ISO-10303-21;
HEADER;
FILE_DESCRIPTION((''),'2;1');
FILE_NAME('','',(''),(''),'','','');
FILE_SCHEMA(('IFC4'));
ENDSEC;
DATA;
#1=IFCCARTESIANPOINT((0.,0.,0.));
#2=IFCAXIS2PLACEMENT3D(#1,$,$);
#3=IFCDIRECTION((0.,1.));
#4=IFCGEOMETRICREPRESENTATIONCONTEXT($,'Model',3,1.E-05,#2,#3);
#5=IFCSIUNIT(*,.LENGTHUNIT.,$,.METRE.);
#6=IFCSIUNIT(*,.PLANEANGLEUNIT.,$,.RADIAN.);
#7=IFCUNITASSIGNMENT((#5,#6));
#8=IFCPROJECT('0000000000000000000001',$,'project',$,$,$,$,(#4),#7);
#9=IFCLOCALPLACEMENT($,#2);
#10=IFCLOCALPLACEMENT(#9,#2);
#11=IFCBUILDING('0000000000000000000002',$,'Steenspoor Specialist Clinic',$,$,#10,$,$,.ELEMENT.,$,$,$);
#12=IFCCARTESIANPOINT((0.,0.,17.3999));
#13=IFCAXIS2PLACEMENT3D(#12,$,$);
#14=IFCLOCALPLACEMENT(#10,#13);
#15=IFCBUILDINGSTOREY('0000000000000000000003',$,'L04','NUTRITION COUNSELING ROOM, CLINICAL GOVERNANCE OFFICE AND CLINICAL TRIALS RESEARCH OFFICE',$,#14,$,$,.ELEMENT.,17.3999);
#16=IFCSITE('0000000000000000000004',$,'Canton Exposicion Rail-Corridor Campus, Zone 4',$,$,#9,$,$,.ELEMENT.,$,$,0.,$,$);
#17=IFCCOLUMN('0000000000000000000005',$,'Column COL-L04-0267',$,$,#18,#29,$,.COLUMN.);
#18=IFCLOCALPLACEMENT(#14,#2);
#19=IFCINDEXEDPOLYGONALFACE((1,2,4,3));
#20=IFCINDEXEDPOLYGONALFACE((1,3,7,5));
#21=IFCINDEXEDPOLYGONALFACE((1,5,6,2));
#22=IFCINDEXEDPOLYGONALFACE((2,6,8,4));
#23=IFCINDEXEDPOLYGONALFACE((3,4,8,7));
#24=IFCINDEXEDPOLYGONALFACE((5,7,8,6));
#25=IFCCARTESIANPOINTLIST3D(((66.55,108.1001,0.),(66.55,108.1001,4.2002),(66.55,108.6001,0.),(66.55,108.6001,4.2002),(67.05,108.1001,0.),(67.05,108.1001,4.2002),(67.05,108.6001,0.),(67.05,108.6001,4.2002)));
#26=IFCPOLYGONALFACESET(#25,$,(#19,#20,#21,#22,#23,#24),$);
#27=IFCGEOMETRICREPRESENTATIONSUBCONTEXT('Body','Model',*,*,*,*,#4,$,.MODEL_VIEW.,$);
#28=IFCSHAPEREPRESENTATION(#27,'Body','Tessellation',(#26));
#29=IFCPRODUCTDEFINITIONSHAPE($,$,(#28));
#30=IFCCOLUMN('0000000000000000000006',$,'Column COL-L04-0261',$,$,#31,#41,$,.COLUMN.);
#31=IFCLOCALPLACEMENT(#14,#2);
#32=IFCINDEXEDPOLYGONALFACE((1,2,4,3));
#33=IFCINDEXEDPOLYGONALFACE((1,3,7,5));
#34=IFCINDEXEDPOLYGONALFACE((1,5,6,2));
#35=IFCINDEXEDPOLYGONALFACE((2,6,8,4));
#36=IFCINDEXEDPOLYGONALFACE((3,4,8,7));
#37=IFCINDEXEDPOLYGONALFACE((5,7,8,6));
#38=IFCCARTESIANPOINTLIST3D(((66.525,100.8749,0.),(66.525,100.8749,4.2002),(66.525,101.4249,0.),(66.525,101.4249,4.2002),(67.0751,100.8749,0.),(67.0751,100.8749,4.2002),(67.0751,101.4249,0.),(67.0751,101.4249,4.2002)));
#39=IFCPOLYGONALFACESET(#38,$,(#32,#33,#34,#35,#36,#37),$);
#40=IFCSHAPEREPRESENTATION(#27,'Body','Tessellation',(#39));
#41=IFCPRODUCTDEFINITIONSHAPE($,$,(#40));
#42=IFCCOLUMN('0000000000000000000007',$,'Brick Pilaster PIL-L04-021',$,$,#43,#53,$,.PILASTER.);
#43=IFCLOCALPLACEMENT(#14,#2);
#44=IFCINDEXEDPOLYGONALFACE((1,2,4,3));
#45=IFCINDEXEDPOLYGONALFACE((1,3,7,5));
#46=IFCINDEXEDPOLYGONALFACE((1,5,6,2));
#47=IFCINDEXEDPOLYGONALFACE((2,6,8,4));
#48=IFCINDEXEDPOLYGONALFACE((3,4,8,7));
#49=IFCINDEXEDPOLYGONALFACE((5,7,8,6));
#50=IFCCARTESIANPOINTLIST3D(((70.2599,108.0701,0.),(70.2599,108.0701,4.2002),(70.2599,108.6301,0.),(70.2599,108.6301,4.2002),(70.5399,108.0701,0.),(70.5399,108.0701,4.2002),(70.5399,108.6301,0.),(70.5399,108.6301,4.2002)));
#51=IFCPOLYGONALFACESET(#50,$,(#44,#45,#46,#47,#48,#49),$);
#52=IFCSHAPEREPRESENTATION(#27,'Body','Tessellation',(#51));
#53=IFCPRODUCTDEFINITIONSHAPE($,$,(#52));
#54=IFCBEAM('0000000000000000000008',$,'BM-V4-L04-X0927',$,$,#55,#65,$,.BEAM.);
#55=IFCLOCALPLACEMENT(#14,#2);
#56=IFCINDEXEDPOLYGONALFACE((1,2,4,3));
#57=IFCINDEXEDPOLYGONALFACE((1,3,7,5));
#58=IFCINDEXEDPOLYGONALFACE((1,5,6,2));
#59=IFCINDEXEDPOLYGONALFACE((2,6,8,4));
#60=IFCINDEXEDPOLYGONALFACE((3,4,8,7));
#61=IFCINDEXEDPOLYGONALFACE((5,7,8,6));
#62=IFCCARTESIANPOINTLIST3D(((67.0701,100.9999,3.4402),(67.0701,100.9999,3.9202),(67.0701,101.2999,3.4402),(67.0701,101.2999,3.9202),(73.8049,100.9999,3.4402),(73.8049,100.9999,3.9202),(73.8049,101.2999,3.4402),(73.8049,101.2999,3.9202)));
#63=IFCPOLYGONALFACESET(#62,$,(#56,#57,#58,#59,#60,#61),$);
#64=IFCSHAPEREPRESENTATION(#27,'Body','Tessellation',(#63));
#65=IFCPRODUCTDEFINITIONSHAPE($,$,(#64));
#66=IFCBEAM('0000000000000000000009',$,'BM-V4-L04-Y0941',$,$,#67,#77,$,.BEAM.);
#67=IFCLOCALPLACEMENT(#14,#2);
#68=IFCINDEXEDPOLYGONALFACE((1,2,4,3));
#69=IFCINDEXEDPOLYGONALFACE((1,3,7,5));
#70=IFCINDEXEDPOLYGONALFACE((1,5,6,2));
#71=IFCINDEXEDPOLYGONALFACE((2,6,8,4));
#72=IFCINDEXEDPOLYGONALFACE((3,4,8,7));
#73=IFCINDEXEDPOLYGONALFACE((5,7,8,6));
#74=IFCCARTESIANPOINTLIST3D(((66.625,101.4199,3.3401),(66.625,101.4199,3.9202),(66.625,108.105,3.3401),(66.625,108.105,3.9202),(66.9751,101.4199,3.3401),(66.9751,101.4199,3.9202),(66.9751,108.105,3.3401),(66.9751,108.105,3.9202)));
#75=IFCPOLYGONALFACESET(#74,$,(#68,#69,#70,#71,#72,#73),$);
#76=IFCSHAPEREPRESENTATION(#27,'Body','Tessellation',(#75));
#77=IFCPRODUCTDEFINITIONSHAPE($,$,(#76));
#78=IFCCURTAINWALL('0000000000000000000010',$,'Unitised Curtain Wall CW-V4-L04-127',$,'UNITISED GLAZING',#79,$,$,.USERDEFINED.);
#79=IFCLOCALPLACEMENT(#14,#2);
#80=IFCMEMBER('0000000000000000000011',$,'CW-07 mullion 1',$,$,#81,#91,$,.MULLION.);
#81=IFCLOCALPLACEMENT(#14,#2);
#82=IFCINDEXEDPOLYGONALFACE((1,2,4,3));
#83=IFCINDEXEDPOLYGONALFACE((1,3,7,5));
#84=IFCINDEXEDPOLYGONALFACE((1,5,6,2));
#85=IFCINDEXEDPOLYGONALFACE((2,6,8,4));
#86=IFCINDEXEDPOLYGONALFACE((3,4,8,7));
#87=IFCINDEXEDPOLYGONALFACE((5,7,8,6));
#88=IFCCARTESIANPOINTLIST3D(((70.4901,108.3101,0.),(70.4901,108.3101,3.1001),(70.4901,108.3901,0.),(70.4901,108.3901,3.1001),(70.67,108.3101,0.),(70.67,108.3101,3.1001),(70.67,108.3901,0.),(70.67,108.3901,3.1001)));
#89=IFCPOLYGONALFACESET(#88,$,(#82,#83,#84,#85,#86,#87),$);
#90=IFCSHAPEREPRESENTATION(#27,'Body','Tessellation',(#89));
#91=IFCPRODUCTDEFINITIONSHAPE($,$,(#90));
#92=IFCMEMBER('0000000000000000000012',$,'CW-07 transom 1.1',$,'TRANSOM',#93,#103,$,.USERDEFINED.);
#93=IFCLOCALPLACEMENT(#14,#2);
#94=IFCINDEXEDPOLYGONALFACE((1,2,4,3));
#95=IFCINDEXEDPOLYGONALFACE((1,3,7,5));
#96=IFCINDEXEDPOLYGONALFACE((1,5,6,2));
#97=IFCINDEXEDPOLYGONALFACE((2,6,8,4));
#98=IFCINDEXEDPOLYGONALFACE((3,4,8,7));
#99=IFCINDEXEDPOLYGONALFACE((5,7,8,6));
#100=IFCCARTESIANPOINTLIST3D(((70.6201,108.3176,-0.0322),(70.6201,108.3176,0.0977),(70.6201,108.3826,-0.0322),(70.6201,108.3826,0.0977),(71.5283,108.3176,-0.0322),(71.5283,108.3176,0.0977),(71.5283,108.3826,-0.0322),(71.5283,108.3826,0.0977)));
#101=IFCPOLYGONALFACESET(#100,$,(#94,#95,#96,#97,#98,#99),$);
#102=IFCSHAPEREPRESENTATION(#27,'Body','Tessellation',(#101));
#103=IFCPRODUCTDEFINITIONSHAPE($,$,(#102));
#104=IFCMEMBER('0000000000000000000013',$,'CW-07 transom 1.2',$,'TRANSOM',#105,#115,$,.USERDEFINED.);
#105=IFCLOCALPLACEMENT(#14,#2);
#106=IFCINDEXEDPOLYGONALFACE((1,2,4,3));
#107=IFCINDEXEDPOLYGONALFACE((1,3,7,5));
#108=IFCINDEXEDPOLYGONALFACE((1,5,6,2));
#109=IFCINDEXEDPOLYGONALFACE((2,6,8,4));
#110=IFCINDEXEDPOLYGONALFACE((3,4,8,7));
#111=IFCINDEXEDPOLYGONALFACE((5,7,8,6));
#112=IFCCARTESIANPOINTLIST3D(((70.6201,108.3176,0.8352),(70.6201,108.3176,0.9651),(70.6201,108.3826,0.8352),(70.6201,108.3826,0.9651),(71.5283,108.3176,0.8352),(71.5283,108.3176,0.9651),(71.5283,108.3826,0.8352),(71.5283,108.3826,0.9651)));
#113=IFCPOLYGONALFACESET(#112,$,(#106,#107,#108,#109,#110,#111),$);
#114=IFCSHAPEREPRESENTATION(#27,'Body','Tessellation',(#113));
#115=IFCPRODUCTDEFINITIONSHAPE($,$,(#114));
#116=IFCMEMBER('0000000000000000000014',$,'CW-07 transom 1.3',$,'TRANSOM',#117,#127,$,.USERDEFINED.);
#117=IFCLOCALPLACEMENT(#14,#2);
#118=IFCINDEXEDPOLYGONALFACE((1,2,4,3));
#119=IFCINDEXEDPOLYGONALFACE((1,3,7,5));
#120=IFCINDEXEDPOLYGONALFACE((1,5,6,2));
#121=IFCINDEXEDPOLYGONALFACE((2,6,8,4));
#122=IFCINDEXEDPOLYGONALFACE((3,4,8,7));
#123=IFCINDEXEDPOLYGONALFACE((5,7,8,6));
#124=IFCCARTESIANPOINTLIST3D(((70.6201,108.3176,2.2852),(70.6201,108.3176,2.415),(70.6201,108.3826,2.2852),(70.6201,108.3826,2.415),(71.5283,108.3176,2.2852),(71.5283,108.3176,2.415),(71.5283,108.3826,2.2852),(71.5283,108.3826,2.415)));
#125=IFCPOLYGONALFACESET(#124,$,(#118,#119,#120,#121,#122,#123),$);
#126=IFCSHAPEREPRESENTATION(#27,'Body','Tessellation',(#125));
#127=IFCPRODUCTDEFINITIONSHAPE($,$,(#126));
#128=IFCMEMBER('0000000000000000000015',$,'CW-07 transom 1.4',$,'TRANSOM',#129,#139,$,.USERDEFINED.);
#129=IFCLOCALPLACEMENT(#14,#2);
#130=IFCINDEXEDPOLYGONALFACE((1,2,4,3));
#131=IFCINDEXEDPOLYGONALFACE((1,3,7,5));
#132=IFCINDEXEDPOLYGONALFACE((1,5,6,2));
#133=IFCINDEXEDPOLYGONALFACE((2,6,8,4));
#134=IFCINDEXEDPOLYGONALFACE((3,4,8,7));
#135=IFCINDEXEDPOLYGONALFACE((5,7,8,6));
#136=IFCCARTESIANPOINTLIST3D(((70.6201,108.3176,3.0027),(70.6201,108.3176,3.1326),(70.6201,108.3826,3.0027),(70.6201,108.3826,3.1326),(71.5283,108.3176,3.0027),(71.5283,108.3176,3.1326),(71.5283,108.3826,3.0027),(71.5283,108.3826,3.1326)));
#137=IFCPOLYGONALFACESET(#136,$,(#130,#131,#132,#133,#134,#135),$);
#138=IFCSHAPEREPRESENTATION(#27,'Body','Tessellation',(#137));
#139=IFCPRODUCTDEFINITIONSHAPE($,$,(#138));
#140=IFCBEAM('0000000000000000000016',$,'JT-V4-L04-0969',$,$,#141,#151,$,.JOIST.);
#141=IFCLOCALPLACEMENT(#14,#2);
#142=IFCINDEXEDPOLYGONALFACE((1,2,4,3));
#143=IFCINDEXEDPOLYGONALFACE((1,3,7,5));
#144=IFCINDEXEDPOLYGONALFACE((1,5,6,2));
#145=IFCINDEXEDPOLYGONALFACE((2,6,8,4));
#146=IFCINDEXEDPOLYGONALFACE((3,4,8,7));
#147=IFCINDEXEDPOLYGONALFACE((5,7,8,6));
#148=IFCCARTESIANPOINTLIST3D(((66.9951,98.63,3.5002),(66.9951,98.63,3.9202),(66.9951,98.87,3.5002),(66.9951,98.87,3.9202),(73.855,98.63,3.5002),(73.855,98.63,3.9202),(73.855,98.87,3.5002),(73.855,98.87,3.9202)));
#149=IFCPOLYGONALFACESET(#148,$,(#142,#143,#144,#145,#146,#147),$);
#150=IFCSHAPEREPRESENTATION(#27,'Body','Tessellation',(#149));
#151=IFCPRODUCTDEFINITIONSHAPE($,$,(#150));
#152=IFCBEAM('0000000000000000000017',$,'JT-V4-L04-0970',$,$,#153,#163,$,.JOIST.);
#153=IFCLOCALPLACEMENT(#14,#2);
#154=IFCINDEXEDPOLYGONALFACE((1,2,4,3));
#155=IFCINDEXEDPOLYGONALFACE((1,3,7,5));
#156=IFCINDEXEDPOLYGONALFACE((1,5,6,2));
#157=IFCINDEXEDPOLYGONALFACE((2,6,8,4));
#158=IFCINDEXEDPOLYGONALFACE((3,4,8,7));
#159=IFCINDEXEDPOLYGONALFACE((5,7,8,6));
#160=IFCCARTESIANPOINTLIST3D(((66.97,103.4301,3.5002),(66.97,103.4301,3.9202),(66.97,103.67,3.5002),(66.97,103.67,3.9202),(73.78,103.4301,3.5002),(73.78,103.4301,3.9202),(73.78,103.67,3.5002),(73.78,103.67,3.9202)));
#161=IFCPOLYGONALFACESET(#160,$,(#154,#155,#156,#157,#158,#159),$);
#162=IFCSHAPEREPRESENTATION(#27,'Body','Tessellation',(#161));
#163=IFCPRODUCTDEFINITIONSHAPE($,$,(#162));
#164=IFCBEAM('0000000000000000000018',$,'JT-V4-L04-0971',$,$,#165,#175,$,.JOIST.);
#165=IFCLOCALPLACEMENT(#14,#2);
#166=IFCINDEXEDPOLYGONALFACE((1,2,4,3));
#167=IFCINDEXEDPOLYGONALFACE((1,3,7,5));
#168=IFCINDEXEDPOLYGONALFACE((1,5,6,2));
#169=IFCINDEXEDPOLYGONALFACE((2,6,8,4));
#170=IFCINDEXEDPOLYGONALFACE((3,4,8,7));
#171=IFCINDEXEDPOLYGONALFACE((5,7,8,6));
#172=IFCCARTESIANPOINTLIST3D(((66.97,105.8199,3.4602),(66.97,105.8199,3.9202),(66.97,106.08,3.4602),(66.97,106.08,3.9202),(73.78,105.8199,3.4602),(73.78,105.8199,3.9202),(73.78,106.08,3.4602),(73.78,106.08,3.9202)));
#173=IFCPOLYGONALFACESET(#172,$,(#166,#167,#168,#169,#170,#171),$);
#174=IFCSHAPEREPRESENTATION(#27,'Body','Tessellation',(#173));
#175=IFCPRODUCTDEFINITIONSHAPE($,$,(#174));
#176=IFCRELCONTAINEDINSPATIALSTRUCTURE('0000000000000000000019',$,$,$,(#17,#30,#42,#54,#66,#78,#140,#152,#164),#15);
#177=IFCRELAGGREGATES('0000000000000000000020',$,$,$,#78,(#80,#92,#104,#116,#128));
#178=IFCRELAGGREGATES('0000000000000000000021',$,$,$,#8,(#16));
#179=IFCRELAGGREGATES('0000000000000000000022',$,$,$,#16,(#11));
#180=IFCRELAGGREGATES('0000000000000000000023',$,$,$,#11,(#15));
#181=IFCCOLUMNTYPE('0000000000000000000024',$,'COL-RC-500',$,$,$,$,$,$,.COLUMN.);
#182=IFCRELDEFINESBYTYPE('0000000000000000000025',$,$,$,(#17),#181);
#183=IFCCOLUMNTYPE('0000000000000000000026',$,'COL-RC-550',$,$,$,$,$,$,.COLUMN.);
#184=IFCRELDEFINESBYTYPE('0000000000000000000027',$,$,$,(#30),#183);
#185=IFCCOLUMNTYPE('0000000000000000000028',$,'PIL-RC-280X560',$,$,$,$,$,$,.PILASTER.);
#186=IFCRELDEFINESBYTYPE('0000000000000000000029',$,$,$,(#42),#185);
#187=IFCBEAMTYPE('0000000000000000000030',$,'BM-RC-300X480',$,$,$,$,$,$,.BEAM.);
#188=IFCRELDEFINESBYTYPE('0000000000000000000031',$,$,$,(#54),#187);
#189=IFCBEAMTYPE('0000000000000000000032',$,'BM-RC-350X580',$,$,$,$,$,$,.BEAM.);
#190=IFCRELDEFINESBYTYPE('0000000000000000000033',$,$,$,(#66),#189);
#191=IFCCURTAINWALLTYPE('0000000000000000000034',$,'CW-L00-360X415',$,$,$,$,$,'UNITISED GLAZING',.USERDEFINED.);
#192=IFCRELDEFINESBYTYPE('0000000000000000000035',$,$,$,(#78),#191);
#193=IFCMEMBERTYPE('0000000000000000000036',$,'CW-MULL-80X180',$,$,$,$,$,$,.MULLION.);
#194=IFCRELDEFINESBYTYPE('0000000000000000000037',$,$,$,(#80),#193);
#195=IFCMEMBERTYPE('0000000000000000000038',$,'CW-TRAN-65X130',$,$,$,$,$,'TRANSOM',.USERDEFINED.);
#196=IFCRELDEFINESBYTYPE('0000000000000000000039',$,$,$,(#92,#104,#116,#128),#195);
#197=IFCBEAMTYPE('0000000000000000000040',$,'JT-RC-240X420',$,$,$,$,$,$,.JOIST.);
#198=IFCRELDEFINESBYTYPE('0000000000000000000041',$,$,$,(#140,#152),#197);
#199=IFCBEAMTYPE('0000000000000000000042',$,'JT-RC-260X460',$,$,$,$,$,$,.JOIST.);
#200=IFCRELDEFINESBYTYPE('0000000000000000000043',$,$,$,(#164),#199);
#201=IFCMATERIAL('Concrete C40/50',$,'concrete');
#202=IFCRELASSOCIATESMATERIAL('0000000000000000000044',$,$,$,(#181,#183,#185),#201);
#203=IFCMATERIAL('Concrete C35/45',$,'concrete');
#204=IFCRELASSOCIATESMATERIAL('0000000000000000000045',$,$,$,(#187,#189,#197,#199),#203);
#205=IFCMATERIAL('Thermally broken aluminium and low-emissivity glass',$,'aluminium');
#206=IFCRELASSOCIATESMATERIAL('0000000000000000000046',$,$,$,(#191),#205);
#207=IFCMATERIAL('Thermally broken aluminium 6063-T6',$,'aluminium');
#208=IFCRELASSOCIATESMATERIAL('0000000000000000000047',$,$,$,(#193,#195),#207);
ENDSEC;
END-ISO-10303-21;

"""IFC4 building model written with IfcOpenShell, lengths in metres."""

from ifc_helpers import new_model, si_unit, direction, frame, origin, origin_2d, place, context, subcontext, project, spatial, rectangle, extrude, material, material_profile, profile_set, type_object, element, aggregate, save


model = new_model("IFC4")

# Units and contexts
model_context = context("Model", 3, precision=1e-05, world=origin(), true_north=direction((0.0, 1.0)))
body_context = subcontext(model_context, "Body", "Model", "MODEL_VIEW")
ifc_project = project(units=[si_unit("LENGTHUNIT", "METRE"), si_unit("PLANEANGLEUNIT", "RADIAN")], contexts=[model_context])

# Site, building, storey
site_placement = place(None, origin())
site = spatial("IfcSite", under=ifc_project, at=site_placement, Name="Canton Exposicion Rail-Corridor Campus, Zone 4", CompositionType="ELEMENT", RefElevation=0.0)
building_placement = place(site_placement, origin())
building = spatial("IfcBuilding", under=site, at=building_placement, Name="Steenspoor Specialist Clinic", CompositionType="ELEMENT")
storey_placement = place(building_placement, frame((0.0, 0.0, 17.3999)))
storey = spatial("IfcBuildingStorey", under=building, at=storey_placement, Name="L04", Description="NUTRITION COUNSELING ROOM, CLINICAL GOVERNANCE OFFICE AND CLINICAL TRIALS RESEARCH OFFICE", CompositionType="ELEMENT", Elevation=17.3999)

# Columns
ifc_material_1 = material(Name="Concrete C40/50", Category="concrete")
ifc_material_profile_1 = material_profile(ifc_material_1, rectangle(XDim=0.5, YDim=0.5, at=origin_2d()), Name="RC-COL-500X500")
ifc_profile_set_1 = profile_set([ifc_material_profile_1], Name="Concrete C40/50")
column_type_1 = type_object("IfcColumnType", Name="COL-RC-500", PredefinedType="COLUMN", material=ifc_profile_set_1)
column_1_placement = place(storey_placement, frame((66.8, 108.3501, 0.0), z_axis=(0.0, 0.0, 1.0), x_axis=(1.0, 0.0, 0.0)))
element("IfcColumn", 1, at=column_1_placement, inside=storey, type_object=column_type_1, Name="Column COL-L04-0267", PredefinedType="COLUMN", context=body_context, shape_type="SweptSolid", body=[
    extrude(rectangle(XDim=0.5, YDim=0.5, at=origin_2d()), origin(), (0.0, 0.0, 1.0), 4.2002),
])
ifc_material_profile_2 = material_profile(ifc_material_1, rectangle(XDim=0.55, YDim=0.55, at=origin_2d()), Name="RC-COL-550X550")
ifc_profile_set_2 = profile_set([ifc_material_profile_2], Name="Concrete C40/50")
column_type_2 = type_object("IfcColumnType", Name="COL-RC-550", PredefinedType="COLUMN", material=ifc_profile_set_2)
column_2_placement = place(storey_placement, frame((66.8, 101.1499, 0.0), z_axis=(0.0, 0.0, 1.0), x_axis=(1.0, 0.0, 0.0)))
element("IfcColumn", 2, at=column_2_placement, inside=storey, type_object=column_type_2, Name="Column COL-L04-0261", PredefinedType="COLUMN", context=body_context, shape_type="SweptSolid", body=[
    extrude(rectangle(XDim=0.55, YDim=0.55, at=origin_2d()), origin(), (0.0, 0.0, 1.0), 4.2002),
])
ifc_material_profile_3 = material_profile(ifc_material_1, rectangle(XDim=0.28, YDim=0.5601, at=origin_2d()), Name="RC-PIL-280X560")
ifc_profile_set_3 = profile_set([ifc_material_profile_3], Name="Concrete C40/50")
column_type_3 = type_object("IfcColumnType", Name="PIL-RC-280X560", PredefinedType="PILASTER", material=ifc_profile_set_3)
column_3_placement = place(storey_placement, frame((70.3999, 108.3501, 0.0), z_axis=(0.0, 0.0, 1.0), x_axis=(1.0, 0.0, 0.0)))
element("IfcColumn", 3, at=column_3_placement, inside=storey, type_object=column_type_3, Name="Brick Pilaster PIL-L04-021", PredefinedType="PILASTER", context=body_context, shape_type="SweptSolid", body=[
    extrude(rectangle(XDim=0.28, YDim=0.5601, at=origin_2d()), origin(), (0.0, 0.0, 1.0), 4.2002),
])

# Beams
ifc_material_2 = material(Name="Concrete C35/45", Category="concrete")
ifc_material_profile_4 = material_profile(ifc_material_2, rectangle(XDim=0.3, YDim=0.48, at=origin_2d()), Name="RC-BM-300X480")
ifc_profile_set_4 = profile_set([ifc_material_profile_4], Name="Concrete C35/45")
beam_type_1 = type_object("IfcBeamType", Name="BM-RC-300X480", PredefinedType="BEAM", material=ifc_profile_set_4)
beam_1_placement = place(storey_placement, frame((67.0701, 101.1499, 3.6802), z_axis=(1.0, 0.0, 0.0), x_axis=(0.0, 1.0, 0.0)))
element("IfcBeam", 4, at=beam_1_placement, inside=storey, type_object=beam_type_1, Name="BM-V4-L04-X0927", PredefinedType="BEAM", context=body_context, shape_type="SweptSolid", body=[
    extrude(rectangle(XDim=0.3, YDim=0.48, at=origin_2d()), origin(), (0.0, 0.0, 1.0), 6.7349),
])
ifc_material_profile_5 = material_profile(ifc_material_2, rectangle(XDim=0.3501, YDim=0.5801, at=origin_2d()), Name="RC-BM-350X580")
ifc_profile_set_5 = profile_set([ifc_material_profile_5], Name="Concrete C35/45")
beam_type_2 = type_object("IfcBeamType", Name="BM-RC-350X580", PredefinedType="BEAM", material=ifc_profile_set_5)
beam_2_placement = place(storey_placement, frame((66.8, 101.4199, 3.6301), z_axis=(0.0, 1.0, 0.0), x_axis=(-1.0, 0.0, 0.0)))
element("IfcBeam", 5, at=beam_2_placement, inside=storey, type_object=beam_type_2, Name="BM-V4-L04-Y0941", PredefinedType="BEAM", context=body_context, shape_type="SweptSolid", body=[
    extrude(rectangle(XDim=0.3501, YDim=0.5801, at=origin_2d()), origin(), (0.0, 0.0, 1.0), 6.6851),
])

# Curtain wall, members
ifc_material_3 = material(Name="Thermally broken aluminium and low-emissivity glass", Category="aluminium")
curtain_wall_type = type_object("IfcCurtainWallType", Name="CW-L00-360X415", ElementType="UNITISED GLAZING", PredefinedType="USERDEFINED", material=ifc_material_3)
curtain_wall_placement = place(storey_placement, origin())
curtain_wall = element("IfcCurtainWall", 6, at=curtain_wall_placement, inside=storey, type_object=curtain_wall_type, Name="Unitised Curtain Wall CW-V4-L04-127", ObjectType="UNITISED GLAZING", PredefinedType="USERDEFINED")
ifc_material_4 = material(Name="Thermally broken aluminium 6063-T6", Category="aluminium")
ifc_material_profile_6 = material_profile(ifc_material_4, rectangle(XDim=0.0801, YDim=0.1799, at=origin_2d()), Name="CWM-80X180")
ifc_profile_set_6 = profile_set([ifc_material_profile_6], Name="Thermally broken aluminium 6063-T6")
member_type_1 = type_object("IfcMemberType", Name="CW-MULL-80X180", PredefinedType="MULLION", material=ifc_profile_set_6)
member_1_placement = place(storey_placement, frame((70.5801, 108.3501, 0.0), z_axis=(0.0, 0.0, 1.0), x_axis=(0.0, 1.0, 0.0)))
member_1 = element("IfcMember", 7, at=member_1_placement, type_object=member_type_1, Name="CW-07 mullion 1", PredefinedType="MULLION", context=body_context, shape_type="SweptSolid", body=[
    extrude(rectangle(XDim=0.0801, YDim=0.1799, at=origin_2d()), origin(), (0.0, 0.0, 1.0), 3.1001),
])
ifc_material_profile_7 = material_profile(ifc_material_4, rectangle(XDim=0.0649, YDim=0.1299, at=origin_2d()), Name="CWT-65X130")
ifc_profile_set_7 = profile_set([ifc_material_profile_7], Name="Thermally broken aluminium 6063-T6")
member_type_2 = type_object("IfcMemberType", Name="CW-TRAN-65X130", ElementType="TRANSOM", PredefinedType="USERDEFINED", material=ifc_profile_set_7)
member_2_placement = place(storey_placement, frame((70.6201, 108.3501, 0.0327), z_axis=(1.0, 0.0, 0.0), x_axis=(0.0, 1.0, 0.0)))
member_2 = element("IfcMember", 8, at=member_2_placement, type_object=member_type_2, Name="CW-07 transom 1.1", ObjectType="TRANSOM", PredefinedType="USERDEFINED", context=body_context, shape_type="SweptSolid", body=[
    extrude(rectangle(XDim=0.0649, YDim=0.1299, at=origin_2d()), origin(), (0.0, 0.0, 1.0), 0.9082),
])
member_3_placement = place(storey_placement, frame((70.6201, 108.3501, 0.9001), z_axis=(1.0, 0.0, 0.0), x_axis=(0.0, 1.0, 0.0)))
member_3 = element("IfcMember", 9, at=member_3_placement, type_object=member_type_2, Name="CW-07 transom 1.2", ObjectType="TRANSOM", PredefinedType="USERDEFINED", context=body_context, shape_type="SweptSolid", body=[
    extrude(rectangle(XDim=0.0649, YDim=0.1299, at=origin_2d()), origin(), (0.0, 0.0, 1.0), 0.9082),
])
member_4_placement = place(storey_placement, frame((70.6201, 108.3501, 2.3501), z_axis=(1.0, 0.0, 0.0), x_axis=(0.0, 1.0, 0.0)))
member_4 = element("IfcMember", 10, at=member_4_placement, type_object=member_type_2, Name="CW-07 transom 1.3", ObjectType="TRANSOM", PredefinedType="USERDEFINED", context=body_context, shape_type="SweptSolid", body=[
    extrude(rectangle(XDim=0.0649, YDim=0.1299, at=origin_2d()), origin(), (0.0, 0.0, 1.0), 0.9082),
])
member_5_placement = place(storey_placement, frame((70.6201, 108.3501, 3.0676), z_axis=(1.0, 0.0, 0.0), x_axis=(0.0, 1.0, 0.0)))
member_5 = element("IfcMember", 11, at=member_5_placement, type_object=member_type_2, Name="CW-07 transom 1.4", ObjectType="TRANSOM", PredefinedType="USERDEFINED", context=body_context, shape_type="SweptSolid", body=[
    extrude(rectangle(XDim=0.0649, YDim=0.1299, at=origin_2d()), origin(), (0.0, 0.0, 1.0), 0.9082),
])

# Beams
ifc_material_profile_8 = material_profile(ifc_material_2, rectangle(XDim=0.24, YDim=0.4199, at=origin_2d()), Name="RC-JT-240X420")
ifc_profile_set_8 = profile_set([ifc_material_profile_8], Name="Concrete C35/45")
beam_type_3 = type_object("IfcBeamType", Name="JT-RC-240X420", PredefinedType="JOIST", material=ifc_profile_set_8)
beam_3_placement = place(storey_placement, frame((66.9951, 98.75, 3.7102), z_axis=(1.0, 0.0, 0.0), x_axis=(0.0, 1.0, 0.0)))
element("IfcBeam", 12, at=beam_3_placement, inside=storey, type_object=beam_type_3, Name="JT-V4-L04-0969", PredefinedType="JOIST", context=body_context, shape_type="SweptSolid", body=[
    extrude(rectangle(XDim=0.24, YDim=0.4199, at=origin_2d()), origin(), (0.0, 0.0, 1.0), 6.8599),
])
beam_4_placement = place(storey_placement, frame((66.97, 103.55, 3.7102), z_axis=(1.0, 0.0, 0.0), x_axis=(0.0, 1.0, 0.0)))
element("IfcBeam", 13, at=beam_4_placement, inside=storey, type_object=beam_type_3, Name="JT-V4-L04-0970", PredefinedType="JOIST", context=body_context, shape_type="SweptSolid", body=[
    extrude(rectangle(XDim=0.24, YDim=0.4199, at=origin_2d()), origin(), (0.0, 0.0, 1.0), 6.8101),
])
ifc_material_profile_9 = material_profile(ifc_material_2, rectangle(XDim=0.26, YDim=0.46, at=origin_2d()), Name="RC-JT-260X460")
ifc_profile_set_9 = profile_set([ifc_material_profile_9], Name="Concrete C35/45")
beam_type_4 = type_object("IfcBeamType", Name="JT-RC-260X460", PredefinedType="JOIST", material=ifc_profile_set_9)
beam_5_placement = place(storey_placement, frame((66.97, 105.95, 3.6902), z_axis=(1.0, 0.0, 0.0), x_axis=(0.0, 1.0, 0.0)))
element("IfcBeam", 14, at=beam_5_placement, inside=storey, type_object=beam_type_4, Name="JT-V4-L04-0971", PredefinedType="JOIST", context=body_context, shape_type="SweptSolid", body=[
    extrude(rectangle(XDim=0.26, YDim=0.46, at=origin_2d()), origin(), (0.0, 0.0, 1.0), 6.8101),
])

aggregate(curtain_wall, [member_1, member_2, member_3, member_4, member_5])

save(model, "model.ifc")
